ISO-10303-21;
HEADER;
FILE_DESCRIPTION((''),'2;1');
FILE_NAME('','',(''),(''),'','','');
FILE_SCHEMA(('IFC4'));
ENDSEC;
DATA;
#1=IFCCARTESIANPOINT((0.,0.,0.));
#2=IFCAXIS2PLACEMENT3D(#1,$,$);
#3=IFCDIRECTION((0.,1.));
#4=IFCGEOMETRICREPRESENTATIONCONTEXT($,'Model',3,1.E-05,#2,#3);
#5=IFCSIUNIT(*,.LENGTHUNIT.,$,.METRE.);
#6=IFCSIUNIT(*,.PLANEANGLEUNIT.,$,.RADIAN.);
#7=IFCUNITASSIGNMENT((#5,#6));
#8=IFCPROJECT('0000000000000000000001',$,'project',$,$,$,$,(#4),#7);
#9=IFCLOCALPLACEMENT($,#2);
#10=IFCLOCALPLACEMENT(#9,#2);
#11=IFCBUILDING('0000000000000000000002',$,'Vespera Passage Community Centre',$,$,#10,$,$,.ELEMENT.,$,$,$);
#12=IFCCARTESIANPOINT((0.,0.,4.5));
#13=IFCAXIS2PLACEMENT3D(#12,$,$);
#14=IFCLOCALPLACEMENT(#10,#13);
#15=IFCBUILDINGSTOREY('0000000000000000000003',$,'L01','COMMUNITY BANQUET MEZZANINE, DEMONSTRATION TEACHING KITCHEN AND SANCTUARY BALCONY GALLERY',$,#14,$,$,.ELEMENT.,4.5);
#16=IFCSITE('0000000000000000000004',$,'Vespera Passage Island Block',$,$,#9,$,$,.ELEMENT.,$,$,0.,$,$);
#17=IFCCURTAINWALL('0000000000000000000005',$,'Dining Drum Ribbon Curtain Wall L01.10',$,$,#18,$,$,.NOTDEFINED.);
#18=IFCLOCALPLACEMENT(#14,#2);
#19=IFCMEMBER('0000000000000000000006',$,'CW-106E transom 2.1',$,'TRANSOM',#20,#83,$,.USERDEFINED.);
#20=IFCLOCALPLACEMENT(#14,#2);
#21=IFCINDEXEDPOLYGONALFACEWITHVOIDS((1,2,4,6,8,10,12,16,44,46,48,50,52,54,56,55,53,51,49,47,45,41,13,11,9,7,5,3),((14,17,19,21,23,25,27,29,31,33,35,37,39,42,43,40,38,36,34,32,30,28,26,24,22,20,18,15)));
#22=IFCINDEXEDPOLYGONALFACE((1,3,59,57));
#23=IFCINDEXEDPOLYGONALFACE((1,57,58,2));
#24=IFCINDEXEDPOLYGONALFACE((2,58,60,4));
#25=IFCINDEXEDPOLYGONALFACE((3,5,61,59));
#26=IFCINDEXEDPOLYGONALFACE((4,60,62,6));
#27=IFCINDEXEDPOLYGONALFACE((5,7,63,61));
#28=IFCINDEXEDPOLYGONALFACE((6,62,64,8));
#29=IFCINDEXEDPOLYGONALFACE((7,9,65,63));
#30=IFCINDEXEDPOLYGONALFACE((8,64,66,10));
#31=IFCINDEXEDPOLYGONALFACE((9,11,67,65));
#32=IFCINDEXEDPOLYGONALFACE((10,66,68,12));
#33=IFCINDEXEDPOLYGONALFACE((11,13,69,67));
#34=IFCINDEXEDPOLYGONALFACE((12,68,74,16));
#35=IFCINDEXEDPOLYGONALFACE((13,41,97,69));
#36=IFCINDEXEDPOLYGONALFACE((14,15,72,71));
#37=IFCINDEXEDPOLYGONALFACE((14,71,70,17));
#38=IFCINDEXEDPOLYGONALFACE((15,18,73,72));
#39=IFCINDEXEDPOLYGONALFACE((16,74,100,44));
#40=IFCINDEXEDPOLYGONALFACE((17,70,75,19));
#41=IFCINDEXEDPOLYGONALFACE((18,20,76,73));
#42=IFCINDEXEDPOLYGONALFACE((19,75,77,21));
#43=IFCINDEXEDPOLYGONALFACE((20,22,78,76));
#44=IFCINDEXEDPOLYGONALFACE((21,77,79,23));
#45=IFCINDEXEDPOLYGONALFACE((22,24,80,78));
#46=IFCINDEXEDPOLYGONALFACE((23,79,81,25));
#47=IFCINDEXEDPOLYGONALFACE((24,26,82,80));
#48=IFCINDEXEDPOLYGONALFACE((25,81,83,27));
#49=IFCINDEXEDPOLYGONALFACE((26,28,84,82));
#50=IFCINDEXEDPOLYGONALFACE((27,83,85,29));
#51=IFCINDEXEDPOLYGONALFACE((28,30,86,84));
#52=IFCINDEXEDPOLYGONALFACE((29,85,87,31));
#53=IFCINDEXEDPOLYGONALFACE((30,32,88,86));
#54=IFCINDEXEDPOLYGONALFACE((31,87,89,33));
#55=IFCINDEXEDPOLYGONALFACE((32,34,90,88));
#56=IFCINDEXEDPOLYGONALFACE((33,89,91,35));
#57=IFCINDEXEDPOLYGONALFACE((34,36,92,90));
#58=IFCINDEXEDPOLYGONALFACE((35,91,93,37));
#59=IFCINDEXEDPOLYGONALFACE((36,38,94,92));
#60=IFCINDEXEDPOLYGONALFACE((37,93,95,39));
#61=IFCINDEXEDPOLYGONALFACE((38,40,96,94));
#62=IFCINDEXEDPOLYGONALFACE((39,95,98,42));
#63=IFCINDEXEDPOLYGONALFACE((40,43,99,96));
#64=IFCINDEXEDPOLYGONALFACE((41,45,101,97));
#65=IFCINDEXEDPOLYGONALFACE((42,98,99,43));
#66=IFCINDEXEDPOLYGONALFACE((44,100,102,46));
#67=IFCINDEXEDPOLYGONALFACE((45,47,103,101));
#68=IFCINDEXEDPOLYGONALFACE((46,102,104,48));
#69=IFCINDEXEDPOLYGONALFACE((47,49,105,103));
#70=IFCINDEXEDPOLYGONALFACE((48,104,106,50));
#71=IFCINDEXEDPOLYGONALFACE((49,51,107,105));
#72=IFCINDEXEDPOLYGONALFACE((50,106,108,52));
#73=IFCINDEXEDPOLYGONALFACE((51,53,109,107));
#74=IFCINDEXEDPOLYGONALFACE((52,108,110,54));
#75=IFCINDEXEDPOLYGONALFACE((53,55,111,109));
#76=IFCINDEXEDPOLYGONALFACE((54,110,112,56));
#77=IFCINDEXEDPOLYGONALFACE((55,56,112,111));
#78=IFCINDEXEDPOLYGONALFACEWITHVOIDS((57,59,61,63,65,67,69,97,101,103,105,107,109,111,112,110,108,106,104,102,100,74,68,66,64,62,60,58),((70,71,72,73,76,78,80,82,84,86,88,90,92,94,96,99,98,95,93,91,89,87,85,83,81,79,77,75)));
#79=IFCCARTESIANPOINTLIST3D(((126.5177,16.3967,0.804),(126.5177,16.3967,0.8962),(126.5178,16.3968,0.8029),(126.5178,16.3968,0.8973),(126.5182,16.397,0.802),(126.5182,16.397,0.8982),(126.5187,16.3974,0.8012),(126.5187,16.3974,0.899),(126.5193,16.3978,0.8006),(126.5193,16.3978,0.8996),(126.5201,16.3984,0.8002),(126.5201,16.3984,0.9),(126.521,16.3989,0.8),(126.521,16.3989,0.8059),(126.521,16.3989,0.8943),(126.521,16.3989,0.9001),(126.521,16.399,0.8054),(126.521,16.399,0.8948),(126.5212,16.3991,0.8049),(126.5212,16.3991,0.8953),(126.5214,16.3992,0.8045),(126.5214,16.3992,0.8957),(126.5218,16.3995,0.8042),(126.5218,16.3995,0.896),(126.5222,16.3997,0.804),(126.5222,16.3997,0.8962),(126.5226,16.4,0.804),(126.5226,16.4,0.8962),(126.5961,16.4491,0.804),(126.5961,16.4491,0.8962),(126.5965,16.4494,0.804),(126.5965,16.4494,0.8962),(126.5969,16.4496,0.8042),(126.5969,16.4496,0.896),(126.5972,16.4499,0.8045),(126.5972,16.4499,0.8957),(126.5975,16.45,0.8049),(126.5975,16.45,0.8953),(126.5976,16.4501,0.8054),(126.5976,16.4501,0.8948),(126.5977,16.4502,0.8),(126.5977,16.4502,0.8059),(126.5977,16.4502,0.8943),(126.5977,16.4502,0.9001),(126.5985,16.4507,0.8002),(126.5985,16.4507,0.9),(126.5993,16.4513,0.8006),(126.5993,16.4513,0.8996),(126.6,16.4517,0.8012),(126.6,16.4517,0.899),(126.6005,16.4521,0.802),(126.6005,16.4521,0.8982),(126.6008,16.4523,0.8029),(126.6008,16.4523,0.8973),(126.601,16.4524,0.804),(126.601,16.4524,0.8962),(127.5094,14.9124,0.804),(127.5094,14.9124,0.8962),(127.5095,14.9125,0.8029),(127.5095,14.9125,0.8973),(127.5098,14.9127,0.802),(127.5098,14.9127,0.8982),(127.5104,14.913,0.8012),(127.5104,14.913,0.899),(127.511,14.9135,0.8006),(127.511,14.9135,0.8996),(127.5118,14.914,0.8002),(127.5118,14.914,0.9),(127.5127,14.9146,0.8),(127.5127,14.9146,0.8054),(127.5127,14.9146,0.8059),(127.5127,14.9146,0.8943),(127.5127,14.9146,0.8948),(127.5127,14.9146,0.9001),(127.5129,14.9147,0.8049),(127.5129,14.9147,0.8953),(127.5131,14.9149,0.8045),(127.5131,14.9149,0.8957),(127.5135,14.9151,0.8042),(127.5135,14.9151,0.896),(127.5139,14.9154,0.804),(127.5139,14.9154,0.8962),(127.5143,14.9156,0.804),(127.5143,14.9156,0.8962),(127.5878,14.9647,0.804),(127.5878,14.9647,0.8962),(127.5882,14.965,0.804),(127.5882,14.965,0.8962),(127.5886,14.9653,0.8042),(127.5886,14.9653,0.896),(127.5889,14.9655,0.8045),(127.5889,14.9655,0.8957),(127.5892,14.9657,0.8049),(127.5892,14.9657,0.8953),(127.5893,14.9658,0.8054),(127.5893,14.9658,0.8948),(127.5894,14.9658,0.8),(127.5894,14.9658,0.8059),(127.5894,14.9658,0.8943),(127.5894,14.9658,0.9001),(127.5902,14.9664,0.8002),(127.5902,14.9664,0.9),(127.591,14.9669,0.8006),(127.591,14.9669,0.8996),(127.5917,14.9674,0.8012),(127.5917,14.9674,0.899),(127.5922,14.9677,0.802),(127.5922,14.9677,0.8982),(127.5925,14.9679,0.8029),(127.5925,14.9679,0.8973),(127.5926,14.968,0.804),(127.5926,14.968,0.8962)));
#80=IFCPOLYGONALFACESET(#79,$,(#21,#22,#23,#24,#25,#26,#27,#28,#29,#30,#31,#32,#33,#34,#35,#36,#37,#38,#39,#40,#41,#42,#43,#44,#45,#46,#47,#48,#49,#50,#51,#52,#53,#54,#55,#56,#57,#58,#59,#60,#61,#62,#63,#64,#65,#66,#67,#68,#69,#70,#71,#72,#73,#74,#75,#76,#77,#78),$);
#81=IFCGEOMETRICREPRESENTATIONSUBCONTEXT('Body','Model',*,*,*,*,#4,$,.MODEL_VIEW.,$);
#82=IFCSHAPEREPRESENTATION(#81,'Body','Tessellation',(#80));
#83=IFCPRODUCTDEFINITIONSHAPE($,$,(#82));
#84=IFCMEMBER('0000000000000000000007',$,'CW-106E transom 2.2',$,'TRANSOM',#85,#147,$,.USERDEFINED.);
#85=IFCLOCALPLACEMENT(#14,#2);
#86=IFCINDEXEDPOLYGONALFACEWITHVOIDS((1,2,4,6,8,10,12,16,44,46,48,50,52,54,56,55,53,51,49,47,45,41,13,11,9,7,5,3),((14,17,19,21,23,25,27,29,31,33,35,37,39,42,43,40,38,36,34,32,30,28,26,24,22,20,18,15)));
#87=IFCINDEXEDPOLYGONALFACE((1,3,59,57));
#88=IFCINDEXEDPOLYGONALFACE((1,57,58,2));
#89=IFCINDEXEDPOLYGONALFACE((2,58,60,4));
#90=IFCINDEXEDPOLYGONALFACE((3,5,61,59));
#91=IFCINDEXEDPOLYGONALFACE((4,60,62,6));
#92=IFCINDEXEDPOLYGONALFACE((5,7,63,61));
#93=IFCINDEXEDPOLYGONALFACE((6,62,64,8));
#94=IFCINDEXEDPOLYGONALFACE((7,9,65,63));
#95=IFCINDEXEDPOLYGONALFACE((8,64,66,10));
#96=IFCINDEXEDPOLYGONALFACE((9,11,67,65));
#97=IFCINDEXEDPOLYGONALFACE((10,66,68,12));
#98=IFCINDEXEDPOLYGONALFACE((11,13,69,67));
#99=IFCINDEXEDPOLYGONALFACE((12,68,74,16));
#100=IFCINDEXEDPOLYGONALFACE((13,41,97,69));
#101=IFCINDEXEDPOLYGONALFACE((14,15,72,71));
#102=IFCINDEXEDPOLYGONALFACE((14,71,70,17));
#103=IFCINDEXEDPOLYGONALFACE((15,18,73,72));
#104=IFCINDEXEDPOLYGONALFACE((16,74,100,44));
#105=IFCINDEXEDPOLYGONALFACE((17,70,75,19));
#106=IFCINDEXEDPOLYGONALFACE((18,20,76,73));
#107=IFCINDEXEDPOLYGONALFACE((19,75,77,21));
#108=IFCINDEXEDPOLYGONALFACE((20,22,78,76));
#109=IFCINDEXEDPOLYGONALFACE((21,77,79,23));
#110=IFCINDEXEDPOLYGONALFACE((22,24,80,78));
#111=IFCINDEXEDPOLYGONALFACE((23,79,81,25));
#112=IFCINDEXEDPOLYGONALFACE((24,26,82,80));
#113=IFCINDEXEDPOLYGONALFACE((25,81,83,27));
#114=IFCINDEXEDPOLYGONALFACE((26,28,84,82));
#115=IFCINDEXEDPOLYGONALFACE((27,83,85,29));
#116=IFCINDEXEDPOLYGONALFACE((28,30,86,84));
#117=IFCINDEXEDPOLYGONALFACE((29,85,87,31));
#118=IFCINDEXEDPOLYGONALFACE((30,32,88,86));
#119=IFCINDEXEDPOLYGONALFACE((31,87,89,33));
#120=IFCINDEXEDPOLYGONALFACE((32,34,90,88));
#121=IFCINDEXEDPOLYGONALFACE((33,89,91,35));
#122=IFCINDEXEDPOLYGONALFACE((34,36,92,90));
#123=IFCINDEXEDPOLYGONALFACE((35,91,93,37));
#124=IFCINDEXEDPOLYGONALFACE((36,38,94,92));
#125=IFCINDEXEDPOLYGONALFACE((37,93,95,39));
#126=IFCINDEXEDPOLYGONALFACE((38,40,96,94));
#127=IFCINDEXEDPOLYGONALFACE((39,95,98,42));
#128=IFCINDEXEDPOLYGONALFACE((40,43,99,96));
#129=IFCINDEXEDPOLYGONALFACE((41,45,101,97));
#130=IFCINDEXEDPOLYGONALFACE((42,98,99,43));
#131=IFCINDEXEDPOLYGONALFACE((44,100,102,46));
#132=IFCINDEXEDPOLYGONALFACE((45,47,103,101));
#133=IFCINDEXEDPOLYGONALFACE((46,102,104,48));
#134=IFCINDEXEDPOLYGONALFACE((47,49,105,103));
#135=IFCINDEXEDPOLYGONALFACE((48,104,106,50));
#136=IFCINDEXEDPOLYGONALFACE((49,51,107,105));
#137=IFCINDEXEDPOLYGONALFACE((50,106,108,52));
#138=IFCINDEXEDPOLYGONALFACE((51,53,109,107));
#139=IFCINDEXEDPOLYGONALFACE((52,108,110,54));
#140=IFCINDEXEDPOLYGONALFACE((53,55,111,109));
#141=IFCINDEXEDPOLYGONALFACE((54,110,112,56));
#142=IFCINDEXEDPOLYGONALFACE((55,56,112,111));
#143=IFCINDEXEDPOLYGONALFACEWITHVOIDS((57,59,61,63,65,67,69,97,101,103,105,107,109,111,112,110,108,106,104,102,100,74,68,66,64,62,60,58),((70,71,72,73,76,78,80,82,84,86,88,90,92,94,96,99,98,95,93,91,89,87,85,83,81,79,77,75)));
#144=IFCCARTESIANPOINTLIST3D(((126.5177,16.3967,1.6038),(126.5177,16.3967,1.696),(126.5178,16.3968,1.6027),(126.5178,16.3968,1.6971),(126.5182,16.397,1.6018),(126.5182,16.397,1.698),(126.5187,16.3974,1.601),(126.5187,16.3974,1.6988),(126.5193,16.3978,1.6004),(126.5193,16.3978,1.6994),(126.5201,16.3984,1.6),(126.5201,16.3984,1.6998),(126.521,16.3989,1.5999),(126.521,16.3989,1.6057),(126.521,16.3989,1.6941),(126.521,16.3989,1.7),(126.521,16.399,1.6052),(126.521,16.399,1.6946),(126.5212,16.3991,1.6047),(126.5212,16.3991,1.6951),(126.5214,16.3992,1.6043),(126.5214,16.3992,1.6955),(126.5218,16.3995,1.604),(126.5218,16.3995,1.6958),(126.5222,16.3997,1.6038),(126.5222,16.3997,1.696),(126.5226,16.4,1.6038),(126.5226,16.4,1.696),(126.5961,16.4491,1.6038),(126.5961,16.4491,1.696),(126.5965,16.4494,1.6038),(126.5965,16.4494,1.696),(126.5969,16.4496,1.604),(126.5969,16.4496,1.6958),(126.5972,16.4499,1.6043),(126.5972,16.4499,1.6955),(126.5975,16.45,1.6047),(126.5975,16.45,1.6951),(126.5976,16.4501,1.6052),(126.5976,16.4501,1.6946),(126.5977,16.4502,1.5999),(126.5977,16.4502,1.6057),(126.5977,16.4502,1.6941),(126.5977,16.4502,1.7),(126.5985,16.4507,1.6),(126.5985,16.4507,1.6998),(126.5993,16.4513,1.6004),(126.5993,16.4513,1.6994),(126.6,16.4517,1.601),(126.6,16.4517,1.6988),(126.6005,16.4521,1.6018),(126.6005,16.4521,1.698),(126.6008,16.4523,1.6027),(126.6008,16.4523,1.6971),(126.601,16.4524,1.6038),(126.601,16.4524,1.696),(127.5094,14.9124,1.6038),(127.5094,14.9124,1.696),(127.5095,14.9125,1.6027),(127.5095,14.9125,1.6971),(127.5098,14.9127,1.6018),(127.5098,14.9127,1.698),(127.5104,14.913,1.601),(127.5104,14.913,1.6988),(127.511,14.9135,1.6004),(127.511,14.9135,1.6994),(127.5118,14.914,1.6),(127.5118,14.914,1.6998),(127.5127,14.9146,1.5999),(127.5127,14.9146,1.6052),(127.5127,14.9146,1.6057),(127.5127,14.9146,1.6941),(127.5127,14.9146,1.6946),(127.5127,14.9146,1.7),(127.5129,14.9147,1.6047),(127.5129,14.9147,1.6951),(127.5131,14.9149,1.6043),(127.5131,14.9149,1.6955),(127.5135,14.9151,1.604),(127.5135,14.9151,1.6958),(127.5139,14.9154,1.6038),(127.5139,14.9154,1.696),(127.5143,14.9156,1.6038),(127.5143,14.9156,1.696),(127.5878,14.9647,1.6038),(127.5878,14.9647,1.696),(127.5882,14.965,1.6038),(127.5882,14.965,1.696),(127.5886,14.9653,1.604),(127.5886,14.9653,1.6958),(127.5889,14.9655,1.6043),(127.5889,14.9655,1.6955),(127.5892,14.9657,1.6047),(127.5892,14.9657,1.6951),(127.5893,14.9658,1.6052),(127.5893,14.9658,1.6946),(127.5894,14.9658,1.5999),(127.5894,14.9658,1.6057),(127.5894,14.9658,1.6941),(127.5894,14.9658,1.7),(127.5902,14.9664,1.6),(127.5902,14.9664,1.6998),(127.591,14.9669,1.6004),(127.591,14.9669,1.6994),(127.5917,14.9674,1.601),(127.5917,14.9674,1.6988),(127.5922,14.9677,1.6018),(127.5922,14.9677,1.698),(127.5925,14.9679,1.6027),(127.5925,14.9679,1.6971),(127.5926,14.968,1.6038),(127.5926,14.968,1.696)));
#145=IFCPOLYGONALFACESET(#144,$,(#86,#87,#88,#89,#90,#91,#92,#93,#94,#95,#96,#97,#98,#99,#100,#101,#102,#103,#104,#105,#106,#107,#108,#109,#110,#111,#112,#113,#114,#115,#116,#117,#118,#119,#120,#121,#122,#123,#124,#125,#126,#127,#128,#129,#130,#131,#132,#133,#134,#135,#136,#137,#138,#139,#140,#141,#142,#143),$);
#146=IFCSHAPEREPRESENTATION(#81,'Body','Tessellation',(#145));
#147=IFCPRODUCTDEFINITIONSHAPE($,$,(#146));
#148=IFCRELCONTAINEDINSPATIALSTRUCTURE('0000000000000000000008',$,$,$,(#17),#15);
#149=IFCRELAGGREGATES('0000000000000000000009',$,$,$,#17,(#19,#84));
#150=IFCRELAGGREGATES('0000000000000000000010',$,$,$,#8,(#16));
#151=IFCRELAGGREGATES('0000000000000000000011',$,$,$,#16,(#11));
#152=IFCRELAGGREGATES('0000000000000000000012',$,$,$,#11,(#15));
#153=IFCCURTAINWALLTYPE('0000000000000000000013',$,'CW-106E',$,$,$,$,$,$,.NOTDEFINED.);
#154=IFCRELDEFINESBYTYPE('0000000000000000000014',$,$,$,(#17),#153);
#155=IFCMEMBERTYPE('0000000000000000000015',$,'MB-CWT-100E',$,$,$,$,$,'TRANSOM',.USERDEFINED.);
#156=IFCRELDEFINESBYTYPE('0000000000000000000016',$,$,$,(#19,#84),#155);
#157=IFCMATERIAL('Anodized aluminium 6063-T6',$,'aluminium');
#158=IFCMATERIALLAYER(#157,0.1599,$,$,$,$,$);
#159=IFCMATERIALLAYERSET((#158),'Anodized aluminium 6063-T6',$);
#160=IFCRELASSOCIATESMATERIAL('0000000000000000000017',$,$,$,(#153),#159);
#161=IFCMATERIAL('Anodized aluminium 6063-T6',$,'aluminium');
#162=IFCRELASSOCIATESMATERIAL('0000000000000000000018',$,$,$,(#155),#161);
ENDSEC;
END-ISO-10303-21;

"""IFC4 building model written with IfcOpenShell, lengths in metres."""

from ifc_helpers import new_model, si_unit, direction, frame, origin, origin_2d, place, context, subcontext, project, spatial, hollow_rectangle, extrude, material, layer, layer_set, material_profile, profile_set, type_object, element, aggregate, save


model = new_model("IFC4")

# Units and contexts
model_context = context("Model", 3, precision=1e-05, world=origin(), true_north=direction((0.0, 1.0)))
body_context = subcontext(model_context, "Body", "Model", "MODEL_VIEW")
ifc_project = project(units=[si_unit("LENGTHUNIT", "METRE"), si_unit("PLANEANGLEUNIT", "RADIAN")], contexts=[model_context])

# Site, building, storey
site_placement = place(None, origin())
site = spatial("IfcSite", under=ifc_project, at=site_placement, Name="Vespera Passage Island Block", CompositionType="ELEMENT", RefElevation=0.0)
building_placement = place(site_placement, origin())
building = spatial("IfcBuilding", under=site, at=building_placement, Name="Vespera Passage Community Centre", CompositionType="ELEMENT")
storey_placement = place(building_placement, frame((0.0, 0.0, 4.5)))
storey = spatial("IfcBuildingStorey", under=building, at=storey_placement, Name="L01", Description="COMMUNITY BANQUET MEZZANINE, DEMONSTRATION TEACHING KITCHEN AND SANCTUARY BALCONY GALLERY", CompositionType="ELEMENT", Elevation=4.5)

# Curtain wall
ifc_material_1 = material(Name="Anodized aluminium 6063-T6", Category="aluminium")
ifc_layer_1 = layer(ifc_material_1, 0.1599)
ifc_layer_set_1 = layer_set([ifc_layer_1], Name="Anodized aluminium 6063-T6")
curtain_wall_type_1 = type_object("IfcCurtainWallType", Name="CW-106E", PredefinedType="NOTDEFINED", material=ifc_layer_set_1)
curtain_wall_1_placement = place(storey_placement, origin())
curtain_wall_1 = element("IfcCurtainWall", 1, at=curtain_wall_1_placement, inside=storey, type_object=curtain_wall_type_1, Name="Dining Drum Ribbon Curtain Wall L01.10", PredefinedType="NOTDEFINED")

# Members
ifc_material_2 = material(Name="Anodized aluminium 6063-T6", Category="aluminium")
ifc_material_profile_1 = material_profile(ifc_material_2, hollow_rectangle(XDim=0.1001, YDim=0.1001, WallThickness=0.0039, InnerFilletRadius=0.002, OuterFilletRadius=0.0039, at=origin_2d()), Name="ALU100X100X4")
ifc_profile_set_1 = profile_set([ifc_material_profile_1], Name="Anodized aluminium 6063-T6")
member_type_1 = type_object("IfcMemberType", Name="MB-CWT-100E", ElementType="TRANSOM", PredefinedType="USERDEFINED", material=ifc_profile_set_1)
member_1_placement = place(storey_placement, frame((127.551, 14.9402, 0.8501), z_axis=(-0.55552, 0.831503, 0.0), x_axis=(-0.831503, -0.55552, 0.0)))
member_1 = element("IfcMember", 2, at=member_1_placement, type_object=member_type_1, Name="CW-106E transom 2.1", ObjectType="TRANSOM", PredefinedType="USERDEFINED", context=body_context, shape_type="SweptSolid", body=[
    extrude(hollow_rectangle(XDim=0.1001, YDim=0.1001, WallThickness=0.0039, InnerFilletRadius=0.002, OuterFilletRadius=0.0039, at=origin_2d()), origin(), (0.0, 0.0, 1.0), 1.7852),
])
member_2_placement = place(storey_placement, frame((127.551, 14.9402, 1.6499), z_axis=(-0.55552, 0.831503, 0.0), x_axis=(-0.831503, -0.55552, 0.0)))
member_2 = element("IfcMember", 3, at=member_2_placement, type_object=member_type_1, Name="CW-106E transom 2.2", ObjectType="TRANSOM", PredefinedType="USERDEFINED", context=body_context, shape_type="SweptSolid", body=[
    extrude(hollow_rectangle(XDim=0.1001, YDim=0.1001, WallThickness=0.0039, InnerFilletRadius=0.002, OuterFilletRadius=0.0039, at=origin_2d()), origin(), (0.0, 0.0, 1.0), 1.7852),
])

aggregate(curtain_wall_1, [member_1, member_2])

save(model, "model.ifc")
